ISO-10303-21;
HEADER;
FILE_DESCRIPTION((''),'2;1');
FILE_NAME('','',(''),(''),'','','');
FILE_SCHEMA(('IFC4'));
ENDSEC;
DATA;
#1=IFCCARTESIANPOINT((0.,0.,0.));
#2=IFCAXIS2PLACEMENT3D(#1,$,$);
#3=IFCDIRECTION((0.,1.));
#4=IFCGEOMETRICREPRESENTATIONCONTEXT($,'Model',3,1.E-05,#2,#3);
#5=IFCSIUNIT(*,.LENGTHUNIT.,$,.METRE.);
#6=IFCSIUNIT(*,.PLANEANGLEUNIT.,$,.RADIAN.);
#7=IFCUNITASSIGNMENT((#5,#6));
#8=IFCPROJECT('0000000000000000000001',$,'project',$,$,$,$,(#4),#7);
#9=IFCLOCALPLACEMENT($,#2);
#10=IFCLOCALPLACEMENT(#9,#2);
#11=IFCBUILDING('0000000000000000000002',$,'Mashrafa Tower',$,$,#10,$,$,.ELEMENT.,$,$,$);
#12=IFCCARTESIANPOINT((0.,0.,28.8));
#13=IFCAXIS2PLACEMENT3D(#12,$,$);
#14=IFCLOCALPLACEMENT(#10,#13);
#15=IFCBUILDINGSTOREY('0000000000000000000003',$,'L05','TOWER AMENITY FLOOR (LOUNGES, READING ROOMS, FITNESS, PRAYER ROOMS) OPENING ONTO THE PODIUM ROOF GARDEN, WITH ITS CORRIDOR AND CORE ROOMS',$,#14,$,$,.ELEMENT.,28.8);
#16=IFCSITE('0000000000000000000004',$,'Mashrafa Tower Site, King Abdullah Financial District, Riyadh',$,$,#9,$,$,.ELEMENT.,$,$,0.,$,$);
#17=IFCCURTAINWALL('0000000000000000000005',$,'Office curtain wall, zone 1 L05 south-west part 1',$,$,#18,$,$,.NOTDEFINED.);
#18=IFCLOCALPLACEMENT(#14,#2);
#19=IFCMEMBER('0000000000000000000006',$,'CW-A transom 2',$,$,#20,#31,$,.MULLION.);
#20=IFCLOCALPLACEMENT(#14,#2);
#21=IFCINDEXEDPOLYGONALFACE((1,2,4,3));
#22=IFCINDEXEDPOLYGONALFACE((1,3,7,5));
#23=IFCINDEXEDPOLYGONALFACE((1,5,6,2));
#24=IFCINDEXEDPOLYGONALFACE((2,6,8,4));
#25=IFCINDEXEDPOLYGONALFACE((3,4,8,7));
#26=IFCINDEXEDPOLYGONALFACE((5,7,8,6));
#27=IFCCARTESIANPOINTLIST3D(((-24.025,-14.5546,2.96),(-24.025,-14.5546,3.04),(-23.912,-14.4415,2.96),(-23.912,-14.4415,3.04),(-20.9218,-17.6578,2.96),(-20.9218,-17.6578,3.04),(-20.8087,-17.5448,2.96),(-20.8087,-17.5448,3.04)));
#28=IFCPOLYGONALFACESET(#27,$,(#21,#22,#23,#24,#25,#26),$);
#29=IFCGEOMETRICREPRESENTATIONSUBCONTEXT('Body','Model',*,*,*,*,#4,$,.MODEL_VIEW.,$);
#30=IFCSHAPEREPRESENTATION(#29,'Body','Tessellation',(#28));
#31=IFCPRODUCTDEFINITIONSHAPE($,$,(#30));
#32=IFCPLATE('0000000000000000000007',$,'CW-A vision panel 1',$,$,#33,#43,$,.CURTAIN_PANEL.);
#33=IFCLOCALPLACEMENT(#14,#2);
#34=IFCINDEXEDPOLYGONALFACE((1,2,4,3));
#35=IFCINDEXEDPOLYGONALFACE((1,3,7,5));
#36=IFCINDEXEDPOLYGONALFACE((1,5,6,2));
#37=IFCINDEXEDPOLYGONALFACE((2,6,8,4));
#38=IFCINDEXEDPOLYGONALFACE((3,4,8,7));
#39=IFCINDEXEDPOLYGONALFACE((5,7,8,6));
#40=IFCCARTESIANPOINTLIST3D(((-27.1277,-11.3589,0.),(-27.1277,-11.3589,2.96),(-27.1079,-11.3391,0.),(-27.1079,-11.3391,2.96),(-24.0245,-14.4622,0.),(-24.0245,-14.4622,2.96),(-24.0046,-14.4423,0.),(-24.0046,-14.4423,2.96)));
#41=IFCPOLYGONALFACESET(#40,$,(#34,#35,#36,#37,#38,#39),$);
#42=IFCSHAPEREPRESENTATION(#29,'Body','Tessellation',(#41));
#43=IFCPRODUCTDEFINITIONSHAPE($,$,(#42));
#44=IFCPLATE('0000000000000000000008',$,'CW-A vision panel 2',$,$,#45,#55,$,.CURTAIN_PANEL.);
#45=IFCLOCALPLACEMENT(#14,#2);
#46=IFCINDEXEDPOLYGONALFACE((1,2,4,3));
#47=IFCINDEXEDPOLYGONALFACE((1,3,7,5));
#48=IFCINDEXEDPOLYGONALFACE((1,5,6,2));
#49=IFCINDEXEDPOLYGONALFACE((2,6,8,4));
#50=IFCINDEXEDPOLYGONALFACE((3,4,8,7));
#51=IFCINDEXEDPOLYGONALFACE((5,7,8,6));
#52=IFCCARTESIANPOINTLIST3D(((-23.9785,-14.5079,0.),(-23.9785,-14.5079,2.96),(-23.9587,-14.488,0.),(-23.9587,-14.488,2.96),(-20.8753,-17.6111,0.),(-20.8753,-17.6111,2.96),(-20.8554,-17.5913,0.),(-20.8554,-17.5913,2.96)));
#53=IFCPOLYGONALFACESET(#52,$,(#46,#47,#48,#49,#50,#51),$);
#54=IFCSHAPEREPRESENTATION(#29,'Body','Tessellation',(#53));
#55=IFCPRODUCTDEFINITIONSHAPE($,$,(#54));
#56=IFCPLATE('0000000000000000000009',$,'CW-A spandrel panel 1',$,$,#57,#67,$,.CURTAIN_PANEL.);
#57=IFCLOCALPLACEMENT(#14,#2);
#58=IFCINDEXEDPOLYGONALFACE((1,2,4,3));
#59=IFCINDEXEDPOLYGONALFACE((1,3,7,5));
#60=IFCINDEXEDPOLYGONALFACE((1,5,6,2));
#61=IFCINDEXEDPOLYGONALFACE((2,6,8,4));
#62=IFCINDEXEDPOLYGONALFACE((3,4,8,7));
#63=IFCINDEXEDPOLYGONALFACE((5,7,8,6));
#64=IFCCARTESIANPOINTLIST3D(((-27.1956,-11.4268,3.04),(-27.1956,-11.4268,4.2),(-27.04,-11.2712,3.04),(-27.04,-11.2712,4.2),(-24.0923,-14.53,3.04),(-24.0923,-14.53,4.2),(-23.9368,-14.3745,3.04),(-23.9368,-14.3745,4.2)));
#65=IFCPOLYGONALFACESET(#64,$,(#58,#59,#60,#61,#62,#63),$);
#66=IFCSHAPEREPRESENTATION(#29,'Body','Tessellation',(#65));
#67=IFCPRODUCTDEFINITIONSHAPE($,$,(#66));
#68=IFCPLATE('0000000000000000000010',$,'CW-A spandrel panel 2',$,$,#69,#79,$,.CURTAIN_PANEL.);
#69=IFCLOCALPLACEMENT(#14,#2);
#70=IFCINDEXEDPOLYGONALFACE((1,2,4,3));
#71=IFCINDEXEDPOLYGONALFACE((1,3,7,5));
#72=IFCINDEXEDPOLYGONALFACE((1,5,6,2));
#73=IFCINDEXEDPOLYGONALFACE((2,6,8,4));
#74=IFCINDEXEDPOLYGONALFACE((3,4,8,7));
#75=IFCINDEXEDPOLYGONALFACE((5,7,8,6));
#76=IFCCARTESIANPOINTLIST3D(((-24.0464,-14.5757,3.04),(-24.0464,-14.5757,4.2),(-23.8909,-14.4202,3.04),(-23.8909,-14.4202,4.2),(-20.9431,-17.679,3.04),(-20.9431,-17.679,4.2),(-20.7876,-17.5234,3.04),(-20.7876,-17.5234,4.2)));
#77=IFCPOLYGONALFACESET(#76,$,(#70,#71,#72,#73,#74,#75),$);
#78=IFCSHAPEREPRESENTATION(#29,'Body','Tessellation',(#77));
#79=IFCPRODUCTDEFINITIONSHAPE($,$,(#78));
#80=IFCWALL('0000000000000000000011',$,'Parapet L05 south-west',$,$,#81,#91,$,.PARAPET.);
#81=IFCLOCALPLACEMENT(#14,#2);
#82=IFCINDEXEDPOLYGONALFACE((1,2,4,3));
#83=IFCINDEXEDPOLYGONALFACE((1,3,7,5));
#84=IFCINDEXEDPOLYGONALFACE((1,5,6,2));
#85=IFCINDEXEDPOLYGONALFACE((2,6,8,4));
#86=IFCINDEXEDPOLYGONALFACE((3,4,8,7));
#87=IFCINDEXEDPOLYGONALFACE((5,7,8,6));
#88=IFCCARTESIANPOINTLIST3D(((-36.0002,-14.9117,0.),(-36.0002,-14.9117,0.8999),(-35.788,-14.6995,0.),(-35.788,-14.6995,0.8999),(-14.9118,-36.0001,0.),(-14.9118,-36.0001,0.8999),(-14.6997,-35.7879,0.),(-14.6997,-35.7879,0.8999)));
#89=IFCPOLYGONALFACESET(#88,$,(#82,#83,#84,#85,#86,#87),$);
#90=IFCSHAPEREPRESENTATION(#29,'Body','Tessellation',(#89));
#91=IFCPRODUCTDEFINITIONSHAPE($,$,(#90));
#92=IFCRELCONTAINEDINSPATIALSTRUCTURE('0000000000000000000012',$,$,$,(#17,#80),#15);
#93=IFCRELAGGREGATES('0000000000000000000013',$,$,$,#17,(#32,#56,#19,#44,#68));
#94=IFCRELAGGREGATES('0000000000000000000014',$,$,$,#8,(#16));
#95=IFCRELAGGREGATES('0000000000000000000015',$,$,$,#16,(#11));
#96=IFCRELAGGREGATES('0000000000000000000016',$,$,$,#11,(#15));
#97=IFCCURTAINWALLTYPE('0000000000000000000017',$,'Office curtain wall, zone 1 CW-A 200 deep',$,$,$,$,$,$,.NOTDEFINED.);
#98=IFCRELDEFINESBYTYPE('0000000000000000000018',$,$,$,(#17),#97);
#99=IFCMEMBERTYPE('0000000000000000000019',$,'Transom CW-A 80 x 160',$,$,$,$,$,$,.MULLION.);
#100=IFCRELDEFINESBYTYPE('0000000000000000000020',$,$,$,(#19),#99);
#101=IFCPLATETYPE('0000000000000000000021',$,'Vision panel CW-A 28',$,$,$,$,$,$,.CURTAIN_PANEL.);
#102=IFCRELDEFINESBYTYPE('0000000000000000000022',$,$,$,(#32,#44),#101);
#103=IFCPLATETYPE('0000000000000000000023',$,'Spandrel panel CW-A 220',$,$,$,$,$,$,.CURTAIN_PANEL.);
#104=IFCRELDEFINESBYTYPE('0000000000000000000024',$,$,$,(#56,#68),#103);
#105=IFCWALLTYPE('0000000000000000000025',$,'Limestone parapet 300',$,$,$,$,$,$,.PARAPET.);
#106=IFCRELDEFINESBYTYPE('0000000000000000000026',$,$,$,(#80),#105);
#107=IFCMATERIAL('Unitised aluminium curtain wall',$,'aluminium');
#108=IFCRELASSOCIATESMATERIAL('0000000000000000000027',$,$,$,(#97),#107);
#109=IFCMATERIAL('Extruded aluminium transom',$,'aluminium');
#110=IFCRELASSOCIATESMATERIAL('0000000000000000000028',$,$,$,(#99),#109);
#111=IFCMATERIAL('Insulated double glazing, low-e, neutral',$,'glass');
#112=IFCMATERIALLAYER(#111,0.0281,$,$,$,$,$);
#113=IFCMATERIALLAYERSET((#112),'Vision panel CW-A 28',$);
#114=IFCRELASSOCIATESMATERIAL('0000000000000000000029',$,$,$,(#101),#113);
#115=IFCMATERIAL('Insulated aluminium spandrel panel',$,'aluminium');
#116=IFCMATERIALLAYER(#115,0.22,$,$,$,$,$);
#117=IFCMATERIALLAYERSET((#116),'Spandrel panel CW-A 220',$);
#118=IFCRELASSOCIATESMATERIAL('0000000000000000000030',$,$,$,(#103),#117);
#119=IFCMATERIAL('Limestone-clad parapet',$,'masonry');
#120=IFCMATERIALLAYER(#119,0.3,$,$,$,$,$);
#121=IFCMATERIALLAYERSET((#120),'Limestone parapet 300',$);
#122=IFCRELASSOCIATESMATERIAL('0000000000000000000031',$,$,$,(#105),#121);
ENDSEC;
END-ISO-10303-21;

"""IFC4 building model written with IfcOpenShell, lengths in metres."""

from ifc_helpers import new_model, si_unit, direction, frame, frame_2d, origin, origin_2d, place, context, subcontext, project, spatial, rectangle, extrude, source, transform, mapped, material, layer, layer_set, material_profile, profile_set, type_object, type_shapes, element, aggregate, save


model = new_model("IFC4")

# Units and contexts
model_context = context("Model", 3, precision=1e-05, world=origin(), true_north=direction((0.0, 1.0)))
body_context = subcontext(model_context, "Body", "Model", "MODEL_VIEW")
ifc_project = project(units=[si_unit("LENGTHUNIT", "METRE"), si_unit("PLANEANGLEUNIT", "RADIAN")], contexts=[model_context])

# Site, building, storey
site_placement = place(None, origin())
site = spatial("IfcSite", under=ifc_project, at=site_placement, Name="Mashrafa Tower Site, King Abdullah Financial District, Riyadh", CompositionType="ELEMENT", RefElevation=0.0)
building_placement = place(site_placement, origin())
building = spatial("IfcBuilding", under=site, at=building_placement, Name="Mashrafa Tower", CompositionType="ELEMENT")
storey_placement = place(building_placement, frame((0.0, 0.0, 28.8)))
storey = spatial("IfcBuildingStorey", under=building, at=storey_placement, Name="L05", Description="TOWER AMENITY FLOOR (LOUNGES, READING ROOMS, FITNESS, PRAYER ROOMS) OPENING ONTO THE PODIUM ROOF GARDEN, WITH ITS CORRIDOR AND CORE ROOMS", CompositionType="ELEMENT", Elevation=28.8)

# Curtain wall, member, plates
ifc_material_1 = material(Name="Unitised aluminium curtain wall", Category="aluminium")
curtain_wall_type = type_object("IfcCurtainWallType", Name="Office curtain wall, zone 1 CW-A 200 deep", PredefinedType="NOTDEFINED", material=ifc_material_1)
curtain_wall_placement = place(storey_placement, origin())
curtain_wall = element("IfcCurtainWall", 1, at=curtain_wall_placement, inside=storey, type_object=curtain_wall_type, Name="Office curtain wall, zone 1 L05 south-west part 1", PredefinedType="NOTDEFINED")
ifc_material_2 = material(Name="Extruded aluminium transom", Category="aluminium")
ifc_material_profile_1 = material_profile(ifc_material_2, rectangle(XDim=0.1599, YDim=0.0801, at=origin_2d()), Name="Transom 80x160")
ifc_profile_set_1 = profile_set([ifc_material_profile_1], Name="Extruded aluminium transom")
member_type_1 = type_object("IfcMemberType", Name="Transom CW-A 80 x 160", PredefinedType="MULLION", material=ifc_profile_set_1)
shared_shape_1 = source(origin(), body_context, "Body", "SweptSolid", [
    extrude(rectangle(XDim=0.1599, YDim=0.0801, at=origin_2d()), origin(), (0.0, 0.0, 1.0), 4.3887),
])
type_shapes(member_type_1, [shared_shape_1])
member_1_placement = place(storey_placement, frame((-23.9685, -14.498, 3.0), z_axis=(0.707107, -0.707107, 0.0), x_axis=(0.707107, 0.707107, 0.0)))
member_1 = element("IfcMember", 2, at=member_1_placement, type_object=member_type_1, Name="CW-A transom 2", PredefinedType="MULLION", context=body_context, shape_type="MappedRepresentation", body=[
    mapped(shared_shape_1, transform((0.0, 0.0, 0.0))),
])
ifc_material_3 = material(Name="Insulated double glazing, low-e, neutral", Category="glass")
ifc_layer_1 = layer(ifc_material_3, 0.0281)
ifc_layer_set_1 = layer_set([ifc_layer_1], Name="Vision panel CW-A 28")
plate_type_1 = type_object("IfcPlateType", Name="Vision panel CW-A 28", PredefinedType="CURTAIN_PANEL", material=ifc_layer_set_1)
shared_shape_2 = source(origin(), body_context, "Body", "SweptSolid", [
    extrude(rectangle(XDim=4.3887, YDim=0.0281, at=origin_2d()), origin(), (0.0, 0.0, 1.0), 2.96),
])
type_shapes(plate_type_1, [shared_shape_2])
plate_1_placement = place(storey_placement, frame((-25.5662, -12.9006, 0.0), z_axis=(0.0, 0.0, 1.0), x_axis=(0.707107, -0.707107, 0.0)))
plate_1 = element("IfcPlate", 3, at=plate_1_placement, type_object=plate_type_1, Name="CW-A vision panel 1", PredefinedType="CURTAIN_PANEL", context=body_context, shape_type="MappedRepresentation", body=[
    mapped(shared_shape_2, transform((0.0, 0.0, 0.0))),
])
plate_2_placement = place(storey_placement, frame((-22.417, -16.0496, 0.0), z_axis=(0.0, 0.0, 1.0), x_axis=(0.707107, -0.707107, 0.0)))
plate_2 = element("IfcPlate", 4, at=plate_2_placement, type_object=plate_type_1, Name="CW-A vision panel 2", PredefinedType="CURTAIN_PANEL", context=body_context, shape_type="MappedRepresentation", body=[
    mapped(shared_shape_2, transform((0.0, 0.0, 0.0))),
])
ifc_material_4 = material(Name="Insulated aluminium spandrel panel", Category="aluminium")
ifc_layer_2 = layer(ifc_material_4, 0.22)
ifc_layer_set_2 = layer_set([ifc_layer_2], Name="Spandrel panel CW-A 220")
plate_type_2 = type_object("IfcPlateType", Name="Spandrel panel CW-A 220", PredefinedType="CURTAIN_PANEL", material=ifc_layer_set_2)
shared_shape_3 = source(origin(), body_context, "Body", "SweptSolid", [
    extrude(rectangle(XDim=4.3887, YDim=0.22, at=origin_2d()), origin(), (0.0, 0.0, 1.0), 1.1599),
])
type_shapes(plate_type_2, [shared_shape_3])
plate_3_placement = place(storey_placement, frame((-25.5662, -12.9006, 3.04), z_axis=(0.0, 0.0, 1.0), x_axis=(0.707107, -0.707107, 0.0)))
plate_3 = element("IfcPlate", 5, at=plate_3_placement, type_object=plate_type_2, Name="CW-A spandrel panel 1", PredefinedType="CURTAIN_PANEL", context=body_context, shape_type="MappedRepresentation", body=[
    mapped(shared_shape_3, transform((0.0, 0.0, 0.0))),
])
plate_4_placement = place(storey_placement, frame((-22.417, -16.0496, 3.04), z_axis=(0.0, 0.0, 1.0), x_axis=(0.707107, -0.707107, 0.0)))
plate_4 = element("IfcPlate", 6, at=plate_4_placement, type_object=plate_type_2, Name="CW-A spandrel panel 2", PredefinedType="CURTAIN_PANEL", context=body_context, shape_type="MappedRepresentation", body=[
    mapped(shared_shape_3, transform((0.0, 0.0, 0.0))),
])
aggregate(curtain_wall, [plate_1, plate_3, member_1, plate_2, plate_4])

# Wall
ifc_material_5 = material(Name="Limestone-clad parapet", Category="masonry")
ifc_layer_3 = layer(ifc_material_5, 0.3)
ifc_layer_set_3 = layer_set([ifc_layer_3], Name="Limestone parapet 300")
wall_type_1 = type_object("IfcWallType", Name="Limestone parapet 300", PredefinedType="PARAPET", material=ifc_layer_set_3)
wall_1_placement = place(storey_placement, frame((-35.894, -14.8057, 0.0), z_axis=(0.0, 0.0, 1.0), x_axis=(0.707107, -0.707107, 0.0)))
element("IfcWall", 7, at=wall_1_placement, inside=storey, type_object=wall_type_1, Name="Parapet L05 south-west", PredefinedType="PARAPET", context=body_context, shape_type="SweptSolid", body=[
    extrude(rectangle(XDim=29.8235, YDim=0.3, at=frame_2d((14.9116, 0.0))), origin(), (0.0, 0.0, 1.0), 0.8999),
])

save(model, "model.ifc")
